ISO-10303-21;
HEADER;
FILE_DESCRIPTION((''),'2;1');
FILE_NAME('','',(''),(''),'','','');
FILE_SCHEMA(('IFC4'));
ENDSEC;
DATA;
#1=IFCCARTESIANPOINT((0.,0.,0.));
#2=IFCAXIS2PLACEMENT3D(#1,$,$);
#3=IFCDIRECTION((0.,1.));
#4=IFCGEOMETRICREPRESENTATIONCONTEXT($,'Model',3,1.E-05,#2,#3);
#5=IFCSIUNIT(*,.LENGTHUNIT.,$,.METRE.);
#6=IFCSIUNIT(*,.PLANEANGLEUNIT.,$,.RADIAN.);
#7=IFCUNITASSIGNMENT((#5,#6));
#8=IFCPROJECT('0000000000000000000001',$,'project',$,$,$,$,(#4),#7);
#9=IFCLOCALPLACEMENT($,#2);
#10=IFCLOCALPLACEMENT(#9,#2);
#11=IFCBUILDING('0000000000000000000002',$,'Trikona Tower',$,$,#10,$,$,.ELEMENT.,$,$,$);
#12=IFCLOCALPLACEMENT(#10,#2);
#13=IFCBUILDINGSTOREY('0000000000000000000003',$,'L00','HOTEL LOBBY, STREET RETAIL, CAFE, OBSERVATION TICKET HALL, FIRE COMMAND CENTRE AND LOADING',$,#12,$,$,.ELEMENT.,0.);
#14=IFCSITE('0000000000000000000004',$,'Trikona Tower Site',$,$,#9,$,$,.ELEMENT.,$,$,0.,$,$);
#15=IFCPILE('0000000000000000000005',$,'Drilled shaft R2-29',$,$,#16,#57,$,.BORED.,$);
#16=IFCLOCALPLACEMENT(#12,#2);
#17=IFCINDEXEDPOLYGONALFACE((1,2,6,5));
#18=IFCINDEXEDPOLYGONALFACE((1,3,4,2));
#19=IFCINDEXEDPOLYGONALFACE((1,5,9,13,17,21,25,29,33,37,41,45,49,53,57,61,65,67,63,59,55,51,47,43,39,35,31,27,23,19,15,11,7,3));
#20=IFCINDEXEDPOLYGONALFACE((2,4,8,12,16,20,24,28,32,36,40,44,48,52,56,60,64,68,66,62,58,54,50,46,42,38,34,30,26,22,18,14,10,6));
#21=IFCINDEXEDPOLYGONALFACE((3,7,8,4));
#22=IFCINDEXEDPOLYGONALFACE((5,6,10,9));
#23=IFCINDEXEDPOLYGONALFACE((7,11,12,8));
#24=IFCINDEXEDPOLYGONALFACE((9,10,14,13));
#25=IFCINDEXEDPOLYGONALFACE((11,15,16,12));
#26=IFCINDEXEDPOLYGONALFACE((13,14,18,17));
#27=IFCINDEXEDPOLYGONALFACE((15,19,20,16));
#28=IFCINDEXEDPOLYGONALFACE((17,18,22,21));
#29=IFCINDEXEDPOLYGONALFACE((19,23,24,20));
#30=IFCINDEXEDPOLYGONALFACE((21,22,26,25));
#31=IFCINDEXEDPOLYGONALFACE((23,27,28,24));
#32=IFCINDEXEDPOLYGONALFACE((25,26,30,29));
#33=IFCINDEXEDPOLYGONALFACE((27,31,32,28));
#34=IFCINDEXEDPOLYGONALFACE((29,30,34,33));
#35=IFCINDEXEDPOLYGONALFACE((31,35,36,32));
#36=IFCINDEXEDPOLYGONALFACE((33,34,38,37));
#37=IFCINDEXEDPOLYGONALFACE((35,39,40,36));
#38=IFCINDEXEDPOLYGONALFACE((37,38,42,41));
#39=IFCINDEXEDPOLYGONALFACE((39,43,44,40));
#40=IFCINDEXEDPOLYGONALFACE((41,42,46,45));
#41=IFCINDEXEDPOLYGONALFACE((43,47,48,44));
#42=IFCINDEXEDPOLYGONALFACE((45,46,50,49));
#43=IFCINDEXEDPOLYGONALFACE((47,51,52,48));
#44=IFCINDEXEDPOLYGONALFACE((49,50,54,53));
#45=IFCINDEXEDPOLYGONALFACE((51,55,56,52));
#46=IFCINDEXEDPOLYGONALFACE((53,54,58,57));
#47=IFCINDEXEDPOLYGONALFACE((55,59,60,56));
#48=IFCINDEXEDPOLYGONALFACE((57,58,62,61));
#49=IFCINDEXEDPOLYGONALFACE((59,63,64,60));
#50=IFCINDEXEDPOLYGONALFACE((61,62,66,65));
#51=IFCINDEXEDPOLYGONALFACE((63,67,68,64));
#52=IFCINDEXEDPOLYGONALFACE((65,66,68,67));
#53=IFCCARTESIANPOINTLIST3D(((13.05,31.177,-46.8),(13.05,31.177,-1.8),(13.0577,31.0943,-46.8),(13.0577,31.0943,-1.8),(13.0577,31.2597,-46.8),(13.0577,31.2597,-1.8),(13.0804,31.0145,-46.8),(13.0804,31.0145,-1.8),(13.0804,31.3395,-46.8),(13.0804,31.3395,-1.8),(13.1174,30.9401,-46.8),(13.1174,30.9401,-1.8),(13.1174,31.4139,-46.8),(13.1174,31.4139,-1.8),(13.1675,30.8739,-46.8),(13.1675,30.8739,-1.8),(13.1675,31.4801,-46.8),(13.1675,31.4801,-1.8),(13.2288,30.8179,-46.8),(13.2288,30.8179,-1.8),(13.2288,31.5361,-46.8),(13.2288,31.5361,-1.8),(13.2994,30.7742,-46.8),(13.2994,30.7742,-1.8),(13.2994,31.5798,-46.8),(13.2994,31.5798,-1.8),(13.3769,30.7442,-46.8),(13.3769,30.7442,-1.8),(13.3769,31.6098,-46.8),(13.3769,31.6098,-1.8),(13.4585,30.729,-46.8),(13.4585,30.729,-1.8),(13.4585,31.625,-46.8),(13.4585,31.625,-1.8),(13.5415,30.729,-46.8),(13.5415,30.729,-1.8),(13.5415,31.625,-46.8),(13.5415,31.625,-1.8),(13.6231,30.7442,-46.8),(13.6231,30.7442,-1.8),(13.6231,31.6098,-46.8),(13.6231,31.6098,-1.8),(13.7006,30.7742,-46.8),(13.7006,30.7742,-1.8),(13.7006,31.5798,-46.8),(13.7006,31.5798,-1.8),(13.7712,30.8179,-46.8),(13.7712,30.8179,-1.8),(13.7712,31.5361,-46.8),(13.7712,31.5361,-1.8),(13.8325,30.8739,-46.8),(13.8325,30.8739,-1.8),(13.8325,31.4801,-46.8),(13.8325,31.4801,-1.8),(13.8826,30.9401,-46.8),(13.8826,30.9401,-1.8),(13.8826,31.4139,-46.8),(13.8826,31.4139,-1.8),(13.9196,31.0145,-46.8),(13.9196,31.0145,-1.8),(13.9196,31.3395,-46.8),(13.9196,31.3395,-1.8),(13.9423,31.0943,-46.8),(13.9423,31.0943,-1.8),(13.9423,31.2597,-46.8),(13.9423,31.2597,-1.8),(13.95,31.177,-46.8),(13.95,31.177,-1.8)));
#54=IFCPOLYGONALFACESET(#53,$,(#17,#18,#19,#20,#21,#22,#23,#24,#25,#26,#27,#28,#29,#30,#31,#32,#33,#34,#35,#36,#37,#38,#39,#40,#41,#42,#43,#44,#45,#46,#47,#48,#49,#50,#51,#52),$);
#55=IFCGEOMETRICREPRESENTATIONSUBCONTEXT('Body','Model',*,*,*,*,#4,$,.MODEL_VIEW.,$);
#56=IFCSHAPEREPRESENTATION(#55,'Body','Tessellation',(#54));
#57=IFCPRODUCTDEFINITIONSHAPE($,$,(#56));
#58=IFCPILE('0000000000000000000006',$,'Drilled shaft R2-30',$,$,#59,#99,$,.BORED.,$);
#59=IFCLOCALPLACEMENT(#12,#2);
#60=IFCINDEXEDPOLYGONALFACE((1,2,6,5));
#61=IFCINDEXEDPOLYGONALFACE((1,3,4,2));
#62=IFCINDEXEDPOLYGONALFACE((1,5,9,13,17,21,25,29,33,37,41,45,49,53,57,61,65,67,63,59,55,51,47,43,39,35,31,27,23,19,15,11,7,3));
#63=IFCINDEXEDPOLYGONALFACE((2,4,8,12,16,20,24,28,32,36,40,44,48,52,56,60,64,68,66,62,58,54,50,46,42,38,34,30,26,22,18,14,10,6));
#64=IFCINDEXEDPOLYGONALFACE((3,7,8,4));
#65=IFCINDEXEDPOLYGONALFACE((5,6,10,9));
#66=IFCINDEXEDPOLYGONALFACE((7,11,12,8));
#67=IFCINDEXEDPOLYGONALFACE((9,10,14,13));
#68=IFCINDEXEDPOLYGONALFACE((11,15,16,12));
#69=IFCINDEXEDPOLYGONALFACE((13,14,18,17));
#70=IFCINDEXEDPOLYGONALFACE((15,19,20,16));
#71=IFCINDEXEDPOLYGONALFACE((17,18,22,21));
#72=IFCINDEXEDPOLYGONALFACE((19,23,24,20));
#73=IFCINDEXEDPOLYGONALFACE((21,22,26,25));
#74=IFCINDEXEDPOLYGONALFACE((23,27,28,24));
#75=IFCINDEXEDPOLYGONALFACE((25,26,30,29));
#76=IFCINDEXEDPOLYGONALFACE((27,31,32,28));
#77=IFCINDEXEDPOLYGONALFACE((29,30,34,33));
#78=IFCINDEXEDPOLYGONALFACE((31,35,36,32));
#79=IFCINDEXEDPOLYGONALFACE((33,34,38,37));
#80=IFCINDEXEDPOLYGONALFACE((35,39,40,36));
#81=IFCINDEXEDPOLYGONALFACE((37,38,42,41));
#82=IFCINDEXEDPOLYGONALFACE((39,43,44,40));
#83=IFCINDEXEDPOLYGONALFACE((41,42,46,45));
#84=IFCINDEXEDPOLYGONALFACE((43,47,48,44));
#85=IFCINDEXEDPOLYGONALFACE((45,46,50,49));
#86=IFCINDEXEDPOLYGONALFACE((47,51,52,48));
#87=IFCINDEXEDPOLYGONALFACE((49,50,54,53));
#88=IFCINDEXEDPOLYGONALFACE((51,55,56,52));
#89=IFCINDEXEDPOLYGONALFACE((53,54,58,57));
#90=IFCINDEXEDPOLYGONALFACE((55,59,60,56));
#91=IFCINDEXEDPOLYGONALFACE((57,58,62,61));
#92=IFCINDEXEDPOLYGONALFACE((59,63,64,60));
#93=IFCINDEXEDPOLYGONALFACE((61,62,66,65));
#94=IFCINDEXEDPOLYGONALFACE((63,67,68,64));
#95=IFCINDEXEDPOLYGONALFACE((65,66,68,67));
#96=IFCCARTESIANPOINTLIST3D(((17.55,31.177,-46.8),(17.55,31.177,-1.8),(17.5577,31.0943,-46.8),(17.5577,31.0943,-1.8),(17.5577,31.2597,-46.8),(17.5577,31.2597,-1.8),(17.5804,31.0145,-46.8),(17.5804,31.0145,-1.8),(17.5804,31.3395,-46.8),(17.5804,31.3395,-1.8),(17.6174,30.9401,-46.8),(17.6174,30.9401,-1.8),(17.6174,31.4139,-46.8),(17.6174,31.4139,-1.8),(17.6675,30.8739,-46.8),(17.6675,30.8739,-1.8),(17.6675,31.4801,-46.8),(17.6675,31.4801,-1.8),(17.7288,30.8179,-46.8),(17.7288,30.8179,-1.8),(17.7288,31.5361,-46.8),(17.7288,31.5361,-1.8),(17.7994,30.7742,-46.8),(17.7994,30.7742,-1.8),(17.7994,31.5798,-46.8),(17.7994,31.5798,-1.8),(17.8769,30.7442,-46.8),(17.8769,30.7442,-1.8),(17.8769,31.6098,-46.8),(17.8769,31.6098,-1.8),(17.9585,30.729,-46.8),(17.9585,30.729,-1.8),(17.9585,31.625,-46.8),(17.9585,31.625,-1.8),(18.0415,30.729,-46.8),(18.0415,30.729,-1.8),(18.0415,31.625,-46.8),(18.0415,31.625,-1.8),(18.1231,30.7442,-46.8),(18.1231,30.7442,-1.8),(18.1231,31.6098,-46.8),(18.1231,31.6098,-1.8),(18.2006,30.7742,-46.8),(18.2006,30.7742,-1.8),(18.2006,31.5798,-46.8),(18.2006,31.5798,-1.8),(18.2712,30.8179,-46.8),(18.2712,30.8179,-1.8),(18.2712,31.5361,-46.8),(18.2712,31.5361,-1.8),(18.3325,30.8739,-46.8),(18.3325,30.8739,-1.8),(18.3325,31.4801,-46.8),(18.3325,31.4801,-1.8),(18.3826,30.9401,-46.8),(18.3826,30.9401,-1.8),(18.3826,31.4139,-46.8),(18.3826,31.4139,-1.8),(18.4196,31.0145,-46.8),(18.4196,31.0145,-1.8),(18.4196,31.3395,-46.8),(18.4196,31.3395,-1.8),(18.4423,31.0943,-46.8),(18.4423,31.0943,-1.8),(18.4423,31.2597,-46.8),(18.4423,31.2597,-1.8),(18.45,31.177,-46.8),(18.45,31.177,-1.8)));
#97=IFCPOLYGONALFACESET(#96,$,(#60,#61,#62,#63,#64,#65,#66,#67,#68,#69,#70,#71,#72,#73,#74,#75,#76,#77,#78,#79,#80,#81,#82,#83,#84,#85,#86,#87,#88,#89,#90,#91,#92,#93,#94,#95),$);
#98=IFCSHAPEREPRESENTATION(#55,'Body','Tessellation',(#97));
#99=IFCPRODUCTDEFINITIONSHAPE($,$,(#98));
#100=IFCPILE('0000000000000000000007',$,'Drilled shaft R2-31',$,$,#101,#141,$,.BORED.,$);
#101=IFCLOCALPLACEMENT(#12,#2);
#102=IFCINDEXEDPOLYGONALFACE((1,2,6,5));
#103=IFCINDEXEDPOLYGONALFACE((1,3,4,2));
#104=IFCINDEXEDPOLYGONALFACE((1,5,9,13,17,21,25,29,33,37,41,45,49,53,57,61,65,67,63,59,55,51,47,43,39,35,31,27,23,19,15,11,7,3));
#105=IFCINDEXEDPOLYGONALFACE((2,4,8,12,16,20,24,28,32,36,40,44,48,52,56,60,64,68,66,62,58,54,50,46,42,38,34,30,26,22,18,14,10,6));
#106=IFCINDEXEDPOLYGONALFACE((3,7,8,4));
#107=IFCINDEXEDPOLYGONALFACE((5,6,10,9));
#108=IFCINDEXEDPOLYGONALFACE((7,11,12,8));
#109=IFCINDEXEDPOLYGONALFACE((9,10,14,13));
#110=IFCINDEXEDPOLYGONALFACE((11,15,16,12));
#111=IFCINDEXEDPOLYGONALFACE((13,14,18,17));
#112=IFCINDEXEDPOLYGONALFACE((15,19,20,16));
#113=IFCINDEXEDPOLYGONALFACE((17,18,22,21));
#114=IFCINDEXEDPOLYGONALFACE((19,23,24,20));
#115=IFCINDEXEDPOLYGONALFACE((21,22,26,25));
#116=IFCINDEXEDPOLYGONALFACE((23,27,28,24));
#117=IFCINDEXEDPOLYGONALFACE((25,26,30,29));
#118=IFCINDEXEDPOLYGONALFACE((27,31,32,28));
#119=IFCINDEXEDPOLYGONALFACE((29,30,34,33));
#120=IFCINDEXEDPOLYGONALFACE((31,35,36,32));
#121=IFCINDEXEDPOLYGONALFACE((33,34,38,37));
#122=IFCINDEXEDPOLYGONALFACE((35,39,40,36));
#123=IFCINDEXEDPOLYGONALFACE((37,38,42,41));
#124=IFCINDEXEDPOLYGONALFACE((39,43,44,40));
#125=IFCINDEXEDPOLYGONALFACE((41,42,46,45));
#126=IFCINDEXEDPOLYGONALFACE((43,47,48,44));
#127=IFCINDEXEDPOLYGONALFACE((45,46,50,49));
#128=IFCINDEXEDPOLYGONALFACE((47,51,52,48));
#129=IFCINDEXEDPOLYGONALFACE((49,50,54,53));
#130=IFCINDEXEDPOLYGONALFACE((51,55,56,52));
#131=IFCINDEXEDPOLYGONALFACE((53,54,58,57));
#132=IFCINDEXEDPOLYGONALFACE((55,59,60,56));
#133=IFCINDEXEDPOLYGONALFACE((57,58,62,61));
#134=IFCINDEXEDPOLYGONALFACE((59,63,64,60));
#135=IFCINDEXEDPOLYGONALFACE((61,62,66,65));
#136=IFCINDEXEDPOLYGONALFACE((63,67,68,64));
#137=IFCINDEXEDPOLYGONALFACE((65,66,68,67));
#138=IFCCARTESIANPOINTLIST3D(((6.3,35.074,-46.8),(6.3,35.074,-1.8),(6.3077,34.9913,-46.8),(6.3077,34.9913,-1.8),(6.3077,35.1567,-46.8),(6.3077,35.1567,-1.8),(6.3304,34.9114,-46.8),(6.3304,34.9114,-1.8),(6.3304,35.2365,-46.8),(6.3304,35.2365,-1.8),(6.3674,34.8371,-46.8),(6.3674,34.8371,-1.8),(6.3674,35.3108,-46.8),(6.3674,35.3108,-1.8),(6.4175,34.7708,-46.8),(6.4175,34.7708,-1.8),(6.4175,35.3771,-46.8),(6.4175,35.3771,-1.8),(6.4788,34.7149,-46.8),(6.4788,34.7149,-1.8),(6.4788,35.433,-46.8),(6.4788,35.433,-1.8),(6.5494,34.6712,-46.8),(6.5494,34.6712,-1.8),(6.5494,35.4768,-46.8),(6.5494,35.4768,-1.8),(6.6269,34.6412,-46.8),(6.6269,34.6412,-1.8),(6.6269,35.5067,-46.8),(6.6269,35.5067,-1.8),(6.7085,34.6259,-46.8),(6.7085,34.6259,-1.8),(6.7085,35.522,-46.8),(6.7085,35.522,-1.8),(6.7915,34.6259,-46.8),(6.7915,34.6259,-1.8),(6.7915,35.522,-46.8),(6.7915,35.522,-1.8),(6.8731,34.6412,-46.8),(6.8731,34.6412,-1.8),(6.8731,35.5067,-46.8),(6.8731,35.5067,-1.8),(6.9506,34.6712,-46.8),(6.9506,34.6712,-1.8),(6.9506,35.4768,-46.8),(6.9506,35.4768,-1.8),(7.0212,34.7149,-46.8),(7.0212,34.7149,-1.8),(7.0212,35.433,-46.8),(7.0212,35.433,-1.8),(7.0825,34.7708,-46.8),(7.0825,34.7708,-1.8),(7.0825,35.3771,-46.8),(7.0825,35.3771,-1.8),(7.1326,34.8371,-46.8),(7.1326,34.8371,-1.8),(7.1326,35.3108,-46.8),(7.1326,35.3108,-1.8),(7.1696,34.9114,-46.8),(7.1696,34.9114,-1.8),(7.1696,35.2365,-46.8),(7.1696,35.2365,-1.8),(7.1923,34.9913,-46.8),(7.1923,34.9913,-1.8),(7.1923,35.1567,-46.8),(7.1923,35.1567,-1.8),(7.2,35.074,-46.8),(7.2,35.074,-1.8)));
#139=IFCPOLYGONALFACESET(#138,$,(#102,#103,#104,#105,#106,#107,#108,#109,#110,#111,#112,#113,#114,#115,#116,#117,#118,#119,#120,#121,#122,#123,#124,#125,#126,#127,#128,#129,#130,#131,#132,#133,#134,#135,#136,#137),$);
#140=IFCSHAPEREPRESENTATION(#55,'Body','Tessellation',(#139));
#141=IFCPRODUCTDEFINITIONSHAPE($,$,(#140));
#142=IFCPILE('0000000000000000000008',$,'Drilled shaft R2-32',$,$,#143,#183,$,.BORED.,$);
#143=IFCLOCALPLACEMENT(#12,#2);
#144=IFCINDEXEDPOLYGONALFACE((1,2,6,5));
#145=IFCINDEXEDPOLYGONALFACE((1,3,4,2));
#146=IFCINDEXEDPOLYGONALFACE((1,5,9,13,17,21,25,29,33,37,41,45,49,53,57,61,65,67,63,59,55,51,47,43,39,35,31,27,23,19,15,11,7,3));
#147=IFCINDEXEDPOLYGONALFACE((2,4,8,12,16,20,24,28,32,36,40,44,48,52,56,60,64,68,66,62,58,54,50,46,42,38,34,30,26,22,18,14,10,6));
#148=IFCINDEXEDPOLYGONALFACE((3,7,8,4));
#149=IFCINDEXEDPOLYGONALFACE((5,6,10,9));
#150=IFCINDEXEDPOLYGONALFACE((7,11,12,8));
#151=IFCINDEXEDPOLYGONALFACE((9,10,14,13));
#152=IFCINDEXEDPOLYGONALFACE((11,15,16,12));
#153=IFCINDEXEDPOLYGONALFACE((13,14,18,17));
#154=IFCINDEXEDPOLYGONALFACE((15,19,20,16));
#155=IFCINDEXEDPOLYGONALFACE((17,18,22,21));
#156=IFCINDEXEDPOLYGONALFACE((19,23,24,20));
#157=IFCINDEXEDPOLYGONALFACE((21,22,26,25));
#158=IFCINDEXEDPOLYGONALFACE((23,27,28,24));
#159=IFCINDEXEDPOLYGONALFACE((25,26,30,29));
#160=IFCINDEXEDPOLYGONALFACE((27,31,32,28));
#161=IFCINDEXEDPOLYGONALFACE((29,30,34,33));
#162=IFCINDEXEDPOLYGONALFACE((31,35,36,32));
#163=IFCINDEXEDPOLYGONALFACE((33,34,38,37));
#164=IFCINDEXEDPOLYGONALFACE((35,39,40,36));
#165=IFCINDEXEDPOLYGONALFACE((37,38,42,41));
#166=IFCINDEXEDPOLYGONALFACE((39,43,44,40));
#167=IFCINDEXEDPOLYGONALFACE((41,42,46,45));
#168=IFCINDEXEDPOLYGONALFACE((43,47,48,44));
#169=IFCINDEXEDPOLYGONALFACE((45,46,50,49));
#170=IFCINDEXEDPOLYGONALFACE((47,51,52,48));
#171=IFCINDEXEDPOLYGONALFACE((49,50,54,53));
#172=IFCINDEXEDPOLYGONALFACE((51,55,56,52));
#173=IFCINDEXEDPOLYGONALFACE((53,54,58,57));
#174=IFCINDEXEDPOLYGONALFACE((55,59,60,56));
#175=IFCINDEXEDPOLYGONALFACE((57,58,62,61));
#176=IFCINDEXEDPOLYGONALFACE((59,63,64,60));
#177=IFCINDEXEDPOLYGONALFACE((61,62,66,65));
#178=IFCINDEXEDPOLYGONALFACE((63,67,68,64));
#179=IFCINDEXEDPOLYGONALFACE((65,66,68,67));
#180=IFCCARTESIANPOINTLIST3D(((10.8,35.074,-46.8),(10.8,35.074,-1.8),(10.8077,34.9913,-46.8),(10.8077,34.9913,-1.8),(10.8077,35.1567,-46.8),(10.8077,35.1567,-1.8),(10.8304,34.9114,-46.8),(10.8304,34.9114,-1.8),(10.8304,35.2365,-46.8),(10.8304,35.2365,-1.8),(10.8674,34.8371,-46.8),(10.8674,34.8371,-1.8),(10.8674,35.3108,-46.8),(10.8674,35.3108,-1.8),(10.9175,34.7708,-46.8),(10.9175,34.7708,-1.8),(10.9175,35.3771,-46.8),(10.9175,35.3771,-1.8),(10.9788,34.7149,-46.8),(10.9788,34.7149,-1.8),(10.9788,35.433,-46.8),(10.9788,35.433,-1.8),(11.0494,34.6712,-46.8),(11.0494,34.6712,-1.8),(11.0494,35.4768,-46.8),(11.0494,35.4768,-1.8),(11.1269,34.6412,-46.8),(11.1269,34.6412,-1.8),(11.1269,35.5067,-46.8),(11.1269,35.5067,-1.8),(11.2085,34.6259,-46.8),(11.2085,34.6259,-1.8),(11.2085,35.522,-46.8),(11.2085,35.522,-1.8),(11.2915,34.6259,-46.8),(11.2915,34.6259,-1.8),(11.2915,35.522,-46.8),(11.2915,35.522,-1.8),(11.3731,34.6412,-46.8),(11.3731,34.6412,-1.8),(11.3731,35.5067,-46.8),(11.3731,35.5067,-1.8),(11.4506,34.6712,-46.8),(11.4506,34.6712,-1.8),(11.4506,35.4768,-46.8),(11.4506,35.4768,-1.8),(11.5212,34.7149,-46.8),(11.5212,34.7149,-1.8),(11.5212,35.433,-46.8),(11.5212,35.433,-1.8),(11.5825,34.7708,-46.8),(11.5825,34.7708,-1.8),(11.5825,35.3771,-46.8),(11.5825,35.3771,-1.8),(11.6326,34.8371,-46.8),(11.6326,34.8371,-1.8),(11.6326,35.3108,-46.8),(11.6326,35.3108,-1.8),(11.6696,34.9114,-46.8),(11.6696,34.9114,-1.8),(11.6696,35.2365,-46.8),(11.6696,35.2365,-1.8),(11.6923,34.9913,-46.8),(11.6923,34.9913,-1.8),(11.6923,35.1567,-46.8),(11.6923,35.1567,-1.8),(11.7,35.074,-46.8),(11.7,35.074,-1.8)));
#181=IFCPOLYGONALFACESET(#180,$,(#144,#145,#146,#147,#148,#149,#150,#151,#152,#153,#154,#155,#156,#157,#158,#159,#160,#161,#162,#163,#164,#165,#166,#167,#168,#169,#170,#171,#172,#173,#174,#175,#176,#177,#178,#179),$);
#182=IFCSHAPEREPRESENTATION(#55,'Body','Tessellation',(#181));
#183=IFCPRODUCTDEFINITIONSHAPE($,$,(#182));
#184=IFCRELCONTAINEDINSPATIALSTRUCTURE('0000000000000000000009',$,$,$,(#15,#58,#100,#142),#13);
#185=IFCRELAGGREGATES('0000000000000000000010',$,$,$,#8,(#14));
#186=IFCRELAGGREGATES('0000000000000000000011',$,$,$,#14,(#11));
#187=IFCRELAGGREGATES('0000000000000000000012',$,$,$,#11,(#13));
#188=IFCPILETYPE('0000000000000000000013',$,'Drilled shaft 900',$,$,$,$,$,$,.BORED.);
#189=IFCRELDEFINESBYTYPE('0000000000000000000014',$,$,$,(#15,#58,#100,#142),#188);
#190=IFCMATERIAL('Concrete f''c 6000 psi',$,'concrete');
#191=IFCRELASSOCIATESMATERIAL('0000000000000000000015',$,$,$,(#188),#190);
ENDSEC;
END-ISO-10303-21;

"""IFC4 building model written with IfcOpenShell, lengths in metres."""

from ifc_helpers import new_model, si_unit, direction, frame, origin, origin_2d, place, context, subcontext, project, spatial, circle, extrude, material, type_object, element, save


model = new_model("IFC4")

# Units and contexts
model_context = context("Model", 3, precision=1e-05, world=origin(), true_north=direction((0.0, 1.0)))
body_context = subcontext(model_context, "Body", "Model", "MODEL_VIEW")
ifc_project = project(units=[si_unit("LENGTHUNIT", "METRE"), si_unit("PLANEANGLEUNIT", "RADIAN")], contexts=[model_context])

# Site, building, storey
site_placement = place(None, origin())
site = spatial("IfcSite", under=ifc_project, at=site_placement, Name="Trikona Tower Site", CompositionType="ELEMENT", RefElevation=0.0)
building_placement = place(site_placement, origin())
building = spatial("IfcBuilding", under=site, at=building_placement, Name="Trikona Tower", CompositionType="ELEMENT")
storey_placement = place(building_placement, origin())
storey = spatial("IfcBuildingStorey", under=building, at=storey_placement, Name="L00", Description="HOTEL LOBBY, STREET RETAIL, CAFE, OBSERVATION TICKET HALL, FIRE COMMAND CENTRE AND LOADING", CompositionType="ELEMENT", Elevation=0.0)

# Piles
ifc_material_1 = material(Name="Concrete f'c 6000 psi", Category="concrete")
pile_type_1 = type_object("IfcPileType", Name="Drilled shaft 900", PredefinedType="BORED", material=ifc_material_1)
for number, where, z_axis, x_axis, name in (
    (1, (13.5, 31.177, -1.8), (0.0, 0.0, -1.0), (1.0, 0.0, 0.0), "Drilled shaft R2-29"),
    (2, (18.0, 31.177, -1.8), (0.0, 0.0, -1.0), (1.0, 0.0, 0.0), "Drilled shaft R2-30"),
    (3, (6.75, 35.074, -1.8), (0.0, 0.0, -1.0), (1.0, 0.0, 0.0), "Drilled shaft R2-31"),
    (4, (11.25, 35.074, -1.8), (0.0, 0.0, -1.0), (1.0, 0.0, 0.0), "Drilled shaft R2-32"),
):
    element("IfcPile", number, at=place(storey_placement, frame(where, z_axis=z_axis, x_axis=x_axis)), inside=storey, type_object=pile_type_1, Name=name, PredefinedType="BORED", context=body_context, shape_type="SweptSolid", body=[
        extrude(circle(Radius=0.45, at=origin_2d()), origin(), (0.0, 0.0, 1.0), 45.0),
    ])

save(model, "model.ifc")
